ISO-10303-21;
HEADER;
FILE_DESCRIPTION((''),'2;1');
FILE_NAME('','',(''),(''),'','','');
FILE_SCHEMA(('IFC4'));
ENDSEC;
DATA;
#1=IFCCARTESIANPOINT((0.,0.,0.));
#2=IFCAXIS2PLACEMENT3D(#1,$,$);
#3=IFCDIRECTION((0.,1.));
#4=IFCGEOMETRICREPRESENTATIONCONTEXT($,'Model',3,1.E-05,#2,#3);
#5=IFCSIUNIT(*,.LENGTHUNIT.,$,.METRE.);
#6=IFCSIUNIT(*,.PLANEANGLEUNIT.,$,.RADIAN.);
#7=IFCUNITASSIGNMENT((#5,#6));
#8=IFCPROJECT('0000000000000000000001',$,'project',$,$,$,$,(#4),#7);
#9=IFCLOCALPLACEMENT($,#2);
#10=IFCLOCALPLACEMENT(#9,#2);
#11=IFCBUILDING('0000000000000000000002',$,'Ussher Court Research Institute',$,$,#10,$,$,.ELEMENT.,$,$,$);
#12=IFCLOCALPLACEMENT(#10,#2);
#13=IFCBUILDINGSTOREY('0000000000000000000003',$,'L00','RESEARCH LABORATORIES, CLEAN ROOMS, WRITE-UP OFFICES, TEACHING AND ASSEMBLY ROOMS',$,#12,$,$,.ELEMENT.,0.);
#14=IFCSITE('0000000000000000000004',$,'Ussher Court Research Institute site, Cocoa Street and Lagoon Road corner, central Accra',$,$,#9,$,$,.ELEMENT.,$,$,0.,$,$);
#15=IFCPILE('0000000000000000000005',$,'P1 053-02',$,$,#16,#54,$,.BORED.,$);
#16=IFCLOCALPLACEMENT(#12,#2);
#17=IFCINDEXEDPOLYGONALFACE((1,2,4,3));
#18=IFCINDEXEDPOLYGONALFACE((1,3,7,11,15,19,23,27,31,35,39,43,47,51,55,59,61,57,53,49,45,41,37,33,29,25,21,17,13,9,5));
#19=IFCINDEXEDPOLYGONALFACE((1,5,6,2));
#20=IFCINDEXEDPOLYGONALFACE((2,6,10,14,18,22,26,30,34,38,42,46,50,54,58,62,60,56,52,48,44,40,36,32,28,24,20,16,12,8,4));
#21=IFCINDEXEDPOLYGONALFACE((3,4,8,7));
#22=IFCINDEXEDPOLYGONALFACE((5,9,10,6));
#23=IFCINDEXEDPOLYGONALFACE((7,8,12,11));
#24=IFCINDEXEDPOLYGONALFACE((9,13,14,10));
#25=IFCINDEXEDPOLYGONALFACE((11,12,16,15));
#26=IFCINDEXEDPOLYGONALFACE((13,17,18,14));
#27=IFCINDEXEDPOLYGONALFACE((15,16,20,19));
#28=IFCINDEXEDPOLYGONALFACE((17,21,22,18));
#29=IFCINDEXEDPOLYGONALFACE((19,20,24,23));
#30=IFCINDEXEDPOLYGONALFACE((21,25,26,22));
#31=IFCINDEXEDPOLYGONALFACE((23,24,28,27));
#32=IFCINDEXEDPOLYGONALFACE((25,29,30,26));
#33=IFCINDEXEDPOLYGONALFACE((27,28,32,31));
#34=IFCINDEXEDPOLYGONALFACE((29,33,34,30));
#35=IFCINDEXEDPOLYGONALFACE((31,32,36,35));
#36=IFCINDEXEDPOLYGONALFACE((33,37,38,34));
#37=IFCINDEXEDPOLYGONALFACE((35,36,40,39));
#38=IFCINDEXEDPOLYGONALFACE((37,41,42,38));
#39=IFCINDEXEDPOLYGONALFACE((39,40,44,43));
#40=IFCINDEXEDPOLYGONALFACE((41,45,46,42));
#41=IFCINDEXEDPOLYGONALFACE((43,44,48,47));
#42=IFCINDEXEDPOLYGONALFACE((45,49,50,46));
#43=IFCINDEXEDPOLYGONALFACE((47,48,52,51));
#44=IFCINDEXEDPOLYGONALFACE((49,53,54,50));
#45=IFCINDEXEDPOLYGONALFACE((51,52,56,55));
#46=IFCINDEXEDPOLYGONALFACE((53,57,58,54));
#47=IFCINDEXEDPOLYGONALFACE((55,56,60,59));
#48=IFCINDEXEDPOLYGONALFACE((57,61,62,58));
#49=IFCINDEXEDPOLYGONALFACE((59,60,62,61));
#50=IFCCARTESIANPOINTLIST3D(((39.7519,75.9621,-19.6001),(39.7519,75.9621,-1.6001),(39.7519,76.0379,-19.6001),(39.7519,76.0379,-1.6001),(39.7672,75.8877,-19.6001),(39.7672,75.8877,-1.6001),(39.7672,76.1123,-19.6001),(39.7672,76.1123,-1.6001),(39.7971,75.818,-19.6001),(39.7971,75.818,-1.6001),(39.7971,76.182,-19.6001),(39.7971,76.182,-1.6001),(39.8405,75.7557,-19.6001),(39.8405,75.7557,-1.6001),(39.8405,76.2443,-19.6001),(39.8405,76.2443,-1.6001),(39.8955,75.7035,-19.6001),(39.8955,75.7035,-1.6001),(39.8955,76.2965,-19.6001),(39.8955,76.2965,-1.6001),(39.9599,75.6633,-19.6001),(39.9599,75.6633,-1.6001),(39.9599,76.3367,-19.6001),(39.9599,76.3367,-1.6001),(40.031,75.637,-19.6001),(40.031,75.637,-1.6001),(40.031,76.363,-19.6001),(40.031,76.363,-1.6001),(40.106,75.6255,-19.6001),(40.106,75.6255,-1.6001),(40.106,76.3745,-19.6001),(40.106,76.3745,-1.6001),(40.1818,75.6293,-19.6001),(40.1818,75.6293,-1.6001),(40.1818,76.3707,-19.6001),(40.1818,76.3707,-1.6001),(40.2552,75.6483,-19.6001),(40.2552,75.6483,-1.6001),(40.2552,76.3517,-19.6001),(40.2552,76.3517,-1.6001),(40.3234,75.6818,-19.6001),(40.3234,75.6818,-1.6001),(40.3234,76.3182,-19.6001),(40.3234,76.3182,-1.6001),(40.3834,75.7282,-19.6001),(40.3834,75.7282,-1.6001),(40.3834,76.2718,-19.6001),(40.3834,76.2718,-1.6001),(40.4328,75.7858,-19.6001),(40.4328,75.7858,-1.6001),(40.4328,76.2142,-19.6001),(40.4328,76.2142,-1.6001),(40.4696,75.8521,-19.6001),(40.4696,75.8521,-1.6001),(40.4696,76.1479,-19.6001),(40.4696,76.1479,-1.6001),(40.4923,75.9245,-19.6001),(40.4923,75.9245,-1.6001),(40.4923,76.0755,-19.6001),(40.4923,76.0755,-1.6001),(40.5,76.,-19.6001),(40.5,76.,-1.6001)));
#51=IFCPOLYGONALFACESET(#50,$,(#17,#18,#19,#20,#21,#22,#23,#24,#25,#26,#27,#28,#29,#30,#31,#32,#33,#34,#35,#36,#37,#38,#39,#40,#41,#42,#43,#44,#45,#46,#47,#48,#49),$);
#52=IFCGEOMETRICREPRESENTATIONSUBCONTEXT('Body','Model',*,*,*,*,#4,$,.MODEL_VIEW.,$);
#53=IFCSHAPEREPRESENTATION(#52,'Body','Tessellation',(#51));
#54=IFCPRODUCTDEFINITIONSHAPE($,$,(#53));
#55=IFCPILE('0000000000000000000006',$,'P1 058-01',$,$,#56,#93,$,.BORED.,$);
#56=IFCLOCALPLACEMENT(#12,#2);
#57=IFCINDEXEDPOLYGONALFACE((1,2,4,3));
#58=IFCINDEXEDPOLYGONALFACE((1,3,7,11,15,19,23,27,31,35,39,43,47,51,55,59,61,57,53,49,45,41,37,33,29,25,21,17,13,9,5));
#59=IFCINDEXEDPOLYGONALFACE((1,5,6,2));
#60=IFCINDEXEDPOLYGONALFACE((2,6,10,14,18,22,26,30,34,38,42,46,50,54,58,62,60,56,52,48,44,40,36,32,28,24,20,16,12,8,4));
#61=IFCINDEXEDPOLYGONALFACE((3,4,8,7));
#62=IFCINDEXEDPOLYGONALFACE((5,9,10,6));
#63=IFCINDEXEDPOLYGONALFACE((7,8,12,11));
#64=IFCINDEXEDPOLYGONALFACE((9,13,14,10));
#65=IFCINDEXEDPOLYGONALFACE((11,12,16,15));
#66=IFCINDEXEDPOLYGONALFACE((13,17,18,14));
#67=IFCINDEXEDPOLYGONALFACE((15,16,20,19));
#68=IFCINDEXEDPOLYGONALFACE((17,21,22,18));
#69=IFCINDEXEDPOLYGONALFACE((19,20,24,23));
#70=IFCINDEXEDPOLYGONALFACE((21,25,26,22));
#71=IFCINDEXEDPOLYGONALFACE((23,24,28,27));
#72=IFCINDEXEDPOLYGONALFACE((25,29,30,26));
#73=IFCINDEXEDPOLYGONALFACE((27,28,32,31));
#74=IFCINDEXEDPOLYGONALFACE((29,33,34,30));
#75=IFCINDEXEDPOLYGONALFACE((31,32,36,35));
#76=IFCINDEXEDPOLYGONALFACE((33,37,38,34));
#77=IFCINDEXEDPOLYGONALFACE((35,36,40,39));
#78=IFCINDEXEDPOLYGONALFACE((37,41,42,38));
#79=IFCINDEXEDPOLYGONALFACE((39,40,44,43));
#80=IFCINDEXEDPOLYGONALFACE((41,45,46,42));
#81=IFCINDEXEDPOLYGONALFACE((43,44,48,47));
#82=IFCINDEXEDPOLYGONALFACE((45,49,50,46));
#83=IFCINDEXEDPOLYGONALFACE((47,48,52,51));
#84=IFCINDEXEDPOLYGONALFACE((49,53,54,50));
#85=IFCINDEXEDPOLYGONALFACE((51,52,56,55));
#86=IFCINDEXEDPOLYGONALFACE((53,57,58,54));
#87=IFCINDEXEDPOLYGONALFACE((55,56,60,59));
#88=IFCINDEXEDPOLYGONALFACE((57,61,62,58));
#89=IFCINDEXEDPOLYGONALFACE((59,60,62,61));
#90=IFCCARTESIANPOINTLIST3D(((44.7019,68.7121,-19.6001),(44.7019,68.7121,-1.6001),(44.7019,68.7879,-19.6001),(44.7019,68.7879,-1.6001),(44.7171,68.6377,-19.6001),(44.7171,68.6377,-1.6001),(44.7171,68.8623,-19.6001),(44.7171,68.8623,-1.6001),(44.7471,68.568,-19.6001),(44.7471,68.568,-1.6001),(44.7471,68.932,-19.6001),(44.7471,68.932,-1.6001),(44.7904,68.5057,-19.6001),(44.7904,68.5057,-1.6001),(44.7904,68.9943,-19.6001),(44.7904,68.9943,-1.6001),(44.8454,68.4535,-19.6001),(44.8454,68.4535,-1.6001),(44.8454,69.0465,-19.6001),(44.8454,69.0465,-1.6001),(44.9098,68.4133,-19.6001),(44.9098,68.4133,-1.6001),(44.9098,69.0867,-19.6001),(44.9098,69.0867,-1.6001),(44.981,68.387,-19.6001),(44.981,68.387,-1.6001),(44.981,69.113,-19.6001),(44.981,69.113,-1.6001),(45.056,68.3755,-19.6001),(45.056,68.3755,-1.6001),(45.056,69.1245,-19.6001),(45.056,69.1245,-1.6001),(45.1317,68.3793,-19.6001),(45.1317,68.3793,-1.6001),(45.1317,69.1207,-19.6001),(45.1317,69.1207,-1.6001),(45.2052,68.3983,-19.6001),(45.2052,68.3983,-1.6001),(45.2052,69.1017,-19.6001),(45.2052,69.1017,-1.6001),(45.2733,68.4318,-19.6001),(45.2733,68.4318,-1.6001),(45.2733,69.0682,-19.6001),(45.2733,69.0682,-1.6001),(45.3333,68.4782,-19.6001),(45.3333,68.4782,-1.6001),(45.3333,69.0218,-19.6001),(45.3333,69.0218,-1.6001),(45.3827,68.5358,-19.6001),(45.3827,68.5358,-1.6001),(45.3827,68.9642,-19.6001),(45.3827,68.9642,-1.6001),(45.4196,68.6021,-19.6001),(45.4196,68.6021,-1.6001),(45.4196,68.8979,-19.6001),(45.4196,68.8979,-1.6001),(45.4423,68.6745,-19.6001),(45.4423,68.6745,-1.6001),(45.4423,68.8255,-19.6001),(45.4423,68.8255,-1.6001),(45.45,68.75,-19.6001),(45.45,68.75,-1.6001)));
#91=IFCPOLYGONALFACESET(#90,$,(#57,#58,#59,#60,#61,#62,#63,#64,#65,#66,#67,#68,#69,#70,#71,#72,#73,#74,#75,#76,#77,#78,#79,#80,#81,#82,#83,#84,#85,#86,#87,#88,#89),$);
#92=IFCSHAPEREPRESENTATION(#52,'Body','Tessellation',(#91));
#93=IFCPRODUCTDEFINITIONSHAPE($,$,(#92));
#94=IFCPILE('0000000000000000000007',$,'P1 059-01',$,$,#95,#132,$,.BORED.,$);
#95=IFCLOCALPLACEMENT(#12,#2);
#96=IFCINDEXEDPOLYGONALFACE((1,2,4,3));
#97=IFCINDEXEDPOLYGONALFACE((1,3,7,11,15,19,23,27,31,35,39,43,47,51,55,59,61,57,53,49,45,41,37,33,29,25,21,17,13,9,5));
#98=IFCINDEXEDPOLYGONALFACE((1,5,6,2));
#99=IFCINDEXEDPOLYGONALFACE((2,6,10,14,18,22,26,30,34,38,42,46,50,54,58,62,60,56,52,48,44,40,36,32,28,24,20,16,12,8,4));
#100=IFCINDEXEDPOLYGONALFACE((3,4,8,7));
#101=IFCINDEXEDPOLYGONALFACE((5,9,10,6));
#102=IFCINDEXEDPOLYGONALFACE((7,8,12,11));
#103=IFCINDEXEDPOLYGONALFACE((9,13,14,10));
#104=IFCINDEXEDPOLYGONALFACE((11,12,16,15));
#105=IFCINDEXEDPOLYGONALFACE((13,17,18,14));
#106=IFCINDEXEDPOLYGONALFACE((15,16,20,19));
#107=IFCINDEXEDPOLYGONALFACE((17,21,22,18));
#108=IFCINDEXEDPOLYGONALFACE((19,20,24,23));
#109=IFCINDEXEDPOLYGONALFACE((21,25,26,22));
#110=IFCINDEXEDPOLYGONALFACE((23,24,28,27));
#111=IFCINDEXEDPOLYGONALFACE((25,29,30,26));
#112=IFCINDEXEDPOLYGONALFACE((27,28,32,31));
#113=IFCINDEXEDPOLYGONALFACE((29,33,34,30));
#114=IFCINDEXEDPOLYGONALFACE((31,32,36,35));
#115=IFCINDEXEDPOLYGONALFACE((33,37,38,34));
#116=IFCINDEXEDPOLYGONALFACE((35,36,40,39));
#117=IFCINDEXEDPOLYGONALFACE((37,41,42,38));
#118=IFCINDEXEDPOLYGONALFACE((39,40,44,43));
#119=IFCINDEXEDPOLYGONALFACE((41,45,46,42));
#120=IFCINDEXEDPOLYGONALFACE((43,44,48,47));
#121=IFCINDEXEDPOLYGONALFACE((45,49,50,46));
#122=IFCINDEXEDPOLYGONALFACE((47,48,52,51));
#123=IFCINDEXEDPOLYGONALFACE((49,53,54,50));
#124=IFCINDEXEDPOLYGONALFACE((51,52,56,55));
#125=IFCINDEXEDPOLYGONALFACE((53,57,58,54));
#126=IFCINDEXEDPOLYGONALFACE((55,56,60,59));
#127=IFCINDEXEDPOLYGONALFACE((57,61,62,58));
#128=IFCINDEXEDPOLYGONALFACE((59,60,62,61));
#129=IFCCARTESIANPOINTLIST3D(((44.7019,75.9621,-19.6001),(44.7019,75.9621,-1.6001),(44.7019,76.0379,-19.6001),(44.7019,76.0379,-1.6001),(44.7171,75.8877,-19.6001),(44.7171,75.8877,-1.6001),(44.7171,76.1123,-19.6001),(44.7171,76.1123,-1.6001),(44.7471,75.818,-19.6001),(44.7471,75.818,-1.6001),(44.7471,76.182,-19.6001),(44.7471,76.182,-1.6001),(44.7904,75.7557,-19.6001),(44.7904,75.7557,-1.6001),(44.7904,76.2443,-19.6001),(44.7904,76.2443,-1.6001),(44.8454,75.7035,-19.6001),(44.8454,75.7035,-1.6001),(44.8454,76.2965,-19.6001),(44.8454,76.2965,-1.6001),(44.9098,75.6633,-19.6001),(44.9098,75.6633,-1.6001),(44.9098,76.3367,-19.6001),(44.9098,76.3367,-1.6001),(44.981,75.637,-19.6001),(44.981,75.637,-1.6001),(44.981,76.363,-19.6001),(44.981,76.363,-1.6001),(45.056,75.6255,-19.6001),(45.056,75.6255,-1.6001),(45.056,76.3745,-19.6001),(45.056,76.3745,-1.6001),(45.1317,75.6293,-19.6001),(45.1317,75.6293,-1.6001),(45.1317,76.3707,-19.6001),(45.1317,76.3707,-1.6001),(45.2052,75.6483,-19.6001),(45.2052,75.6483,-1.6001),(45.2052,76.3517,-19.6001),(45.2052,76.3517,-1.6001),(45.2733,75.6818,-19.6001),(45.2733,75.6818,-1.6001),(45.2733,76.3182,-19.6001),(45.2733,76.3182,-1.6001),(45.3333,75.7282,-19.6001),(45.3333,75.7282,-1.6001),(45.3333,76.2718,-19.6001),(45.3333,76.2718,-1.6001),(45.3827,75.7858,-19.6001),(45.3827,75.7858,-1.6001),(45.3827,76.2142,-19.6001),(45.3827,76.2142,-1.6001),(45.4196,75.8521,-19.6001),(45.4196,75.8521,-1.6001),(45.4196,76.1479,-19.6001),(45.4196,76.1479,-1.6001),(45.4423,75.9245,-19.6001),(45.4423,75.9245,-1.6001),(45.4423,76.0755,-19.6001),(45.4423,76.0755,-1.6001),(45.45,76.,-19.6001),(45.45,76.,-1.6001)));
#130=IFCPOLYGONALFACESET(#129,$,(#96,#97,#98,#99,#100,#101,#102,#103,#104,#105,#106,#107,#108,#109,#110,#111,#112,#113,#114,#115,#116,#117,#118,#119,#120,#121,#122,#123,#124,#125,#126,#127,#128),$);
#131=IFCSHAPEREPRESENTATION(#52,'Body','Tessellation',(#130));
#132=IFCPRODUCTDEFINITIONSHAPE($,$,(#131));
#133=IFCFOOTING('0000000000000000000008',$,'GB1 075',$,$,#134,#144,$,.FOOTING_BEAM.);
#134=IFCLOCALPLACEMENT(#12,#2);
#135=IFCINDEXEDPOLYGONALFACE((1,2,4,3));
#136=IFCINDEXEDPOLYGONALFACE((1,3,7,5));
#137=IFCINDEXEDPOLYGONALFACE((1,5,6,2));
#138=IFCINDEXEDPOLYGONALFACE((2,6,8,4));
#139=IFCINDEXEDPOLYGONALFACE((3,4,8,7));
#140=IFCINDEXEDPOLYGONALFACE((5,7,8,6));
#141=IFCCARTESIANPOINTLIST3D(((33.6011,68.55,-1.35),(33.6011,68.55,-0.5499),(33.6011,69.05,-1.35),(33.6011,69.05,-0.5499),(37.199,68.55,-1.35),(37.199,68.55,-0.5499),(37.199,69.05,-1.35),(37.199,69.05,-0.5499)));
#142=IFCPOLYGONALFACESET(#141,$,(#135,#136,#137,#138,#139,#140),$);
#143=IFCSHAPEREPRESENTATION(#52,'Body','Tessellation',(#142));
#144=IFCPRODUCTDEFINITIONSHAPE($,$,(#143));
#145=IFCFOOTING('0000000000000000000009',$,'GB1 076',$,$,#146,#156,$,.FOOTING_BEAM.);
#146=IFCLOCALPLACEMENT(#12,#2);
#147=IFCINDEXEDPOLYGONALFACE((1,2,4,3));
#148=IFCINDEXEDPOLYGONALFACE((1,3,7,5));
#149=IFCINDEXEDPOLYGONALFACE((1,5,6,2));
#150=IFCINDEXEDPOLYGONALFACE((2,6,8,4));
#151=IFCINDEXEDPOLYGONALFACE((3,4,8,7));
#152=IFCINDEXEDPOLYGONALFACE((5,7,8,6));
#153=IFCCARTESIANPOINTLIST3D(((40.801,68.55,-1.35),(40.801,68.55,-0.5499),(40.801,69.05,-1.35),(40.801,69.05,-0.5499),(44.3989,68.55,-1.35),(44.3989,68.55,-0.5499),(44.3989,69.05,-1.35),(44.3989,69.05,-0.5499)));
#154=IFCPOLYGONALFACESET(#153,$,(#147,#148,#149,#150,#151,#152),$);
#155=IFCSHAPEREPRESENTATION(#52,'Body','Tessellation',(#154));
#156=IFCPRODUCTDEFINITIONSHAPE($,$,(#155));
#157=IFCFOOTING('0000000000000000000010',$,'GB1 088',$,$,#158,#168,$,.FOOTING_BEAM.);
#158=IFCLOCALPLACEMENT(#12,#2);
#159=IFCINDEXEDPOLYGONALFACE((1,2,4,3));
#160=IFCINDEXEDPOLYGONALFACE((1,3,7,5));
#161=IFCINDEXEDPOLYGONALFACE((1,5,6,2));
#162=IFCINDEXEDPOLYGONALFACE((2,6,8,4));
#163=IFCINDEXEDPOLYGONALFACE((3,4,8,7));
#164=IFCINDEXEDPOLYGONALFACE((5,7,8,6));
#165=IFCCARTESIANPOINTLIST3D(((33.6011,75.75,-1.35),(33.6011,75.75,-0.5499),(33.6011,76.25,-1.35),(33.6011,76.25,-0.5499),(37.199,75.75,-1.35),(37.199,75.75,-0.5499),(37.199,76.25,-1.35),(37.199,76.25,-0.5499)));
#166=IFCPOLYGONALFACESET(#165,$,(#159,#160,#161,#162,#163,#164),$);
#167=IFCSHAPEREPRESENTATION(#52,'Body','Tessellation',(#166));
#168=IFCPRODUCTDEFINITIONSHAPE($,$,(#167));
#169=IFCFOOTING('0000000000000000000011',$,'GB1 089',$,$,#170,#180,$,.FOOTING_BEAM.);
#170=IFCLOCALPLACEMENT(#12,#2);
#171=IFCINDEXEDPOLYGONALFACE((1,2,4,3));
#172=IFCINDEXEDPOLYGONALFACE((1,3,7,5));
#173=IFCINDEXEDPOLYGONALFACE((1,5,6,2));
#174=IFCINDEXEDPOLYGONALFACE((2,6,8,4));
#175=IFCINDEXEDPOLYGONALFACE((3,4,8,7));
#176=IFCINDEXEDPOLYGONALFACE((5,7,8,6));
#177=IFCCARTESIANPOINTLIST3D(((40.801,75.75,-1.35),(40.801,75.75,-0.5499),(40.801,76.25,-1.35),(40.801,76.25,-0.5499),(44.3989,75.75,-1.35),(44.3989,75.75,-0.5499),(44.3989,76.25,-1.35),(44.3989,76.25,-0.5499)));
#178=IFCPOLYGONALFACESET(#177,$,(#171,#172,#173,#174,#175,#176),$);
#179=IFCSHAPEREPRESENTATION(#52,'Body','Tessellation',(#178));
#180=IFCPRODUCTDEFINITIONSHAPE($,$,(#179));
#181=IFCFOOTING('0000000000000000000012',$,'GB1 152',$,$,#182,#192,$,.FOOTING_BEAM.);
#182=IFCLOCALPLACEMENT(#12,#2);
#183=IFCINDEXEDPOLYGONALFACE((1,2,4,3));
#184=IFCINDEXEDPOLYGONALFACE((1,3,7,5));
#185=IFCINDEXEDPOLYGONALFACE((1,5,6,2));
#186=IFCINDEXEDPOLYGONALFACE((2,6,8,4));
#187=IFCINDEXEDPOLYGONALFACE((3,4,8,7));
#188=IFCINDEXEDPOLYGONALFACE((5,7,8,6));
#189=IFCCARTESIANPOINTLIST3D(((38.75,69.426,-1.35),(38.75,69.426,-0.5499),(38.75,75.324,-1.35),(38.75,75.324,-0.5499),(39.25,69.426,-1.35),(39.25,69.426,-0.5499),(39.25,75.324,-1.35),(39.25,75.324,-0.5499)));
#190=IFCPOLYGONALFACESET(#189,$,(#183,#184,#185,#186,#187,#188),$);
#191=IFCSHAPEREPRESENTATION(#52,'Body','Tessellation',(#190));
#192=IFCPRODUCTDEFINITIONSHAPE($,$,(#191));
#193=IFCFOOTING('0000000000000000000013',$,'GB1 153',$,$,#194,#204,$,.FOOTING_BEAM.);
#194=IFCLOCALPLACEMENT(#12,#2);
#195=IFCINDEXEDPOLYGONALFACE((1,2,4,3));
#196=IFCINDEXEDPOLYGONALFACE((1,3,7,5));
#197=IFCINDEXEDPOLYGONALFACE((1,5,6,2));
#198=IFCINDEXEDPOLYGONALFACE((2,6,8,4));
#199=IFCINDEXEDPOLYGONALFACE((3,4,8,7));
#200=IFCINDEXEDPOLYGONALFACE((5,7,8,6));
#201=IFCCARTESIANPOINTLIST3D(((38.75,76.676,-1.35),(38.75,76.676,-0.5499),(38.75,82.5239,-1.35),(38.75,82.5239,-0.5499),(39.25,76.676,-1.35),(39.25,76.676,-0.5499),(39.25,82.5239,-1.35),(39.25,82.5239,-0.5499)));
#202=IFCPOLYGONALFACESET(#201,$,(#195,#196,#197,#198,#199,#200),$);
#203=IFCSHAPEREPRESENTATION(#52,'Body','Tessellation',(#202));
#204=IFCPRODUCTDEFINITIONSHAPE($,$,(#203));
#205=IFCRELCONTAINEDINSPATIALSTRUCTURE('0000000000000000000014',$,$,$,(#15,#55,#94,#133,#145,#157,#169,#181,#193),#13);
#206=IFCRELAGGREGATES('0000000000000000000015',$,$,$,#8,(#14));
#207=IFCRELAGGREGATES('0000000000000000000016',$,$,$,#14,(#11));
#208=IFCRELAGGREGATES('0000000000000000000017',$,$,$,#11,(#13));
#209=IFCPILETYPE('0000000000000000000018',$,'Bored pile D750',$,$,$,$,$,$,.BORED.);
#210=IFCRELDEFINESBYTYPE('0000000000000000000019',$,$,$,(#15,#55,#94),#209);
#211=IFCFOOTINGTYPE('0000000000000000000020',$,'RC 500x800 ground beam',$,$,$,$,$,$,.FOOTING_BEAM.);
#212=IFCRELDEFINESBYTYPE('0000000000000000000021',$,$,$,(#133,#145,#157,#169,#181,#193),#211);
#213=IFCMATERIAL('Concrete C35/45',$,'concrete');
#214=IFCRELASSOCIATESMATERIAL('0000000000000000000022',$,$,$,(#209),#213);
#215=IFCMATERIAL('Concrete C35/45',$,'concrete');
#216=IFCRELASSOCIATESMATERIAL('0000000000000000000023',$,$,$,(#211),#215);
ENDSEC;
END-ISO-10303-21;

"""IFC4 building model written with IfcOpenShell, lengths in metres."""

from ifc_helpers import new_model, si_unit, direction, frame, origin, origin_2d, place, context, subcontext, project, spatial, rectangle, circle, extrude, material, material_profile, profile_set, type_object, element, save


model = new_model("IFC4")

# Units and contexts
model_context = context("Model", 3, precision=1e-05, world=origin(), true_north=direction((0.0, 1.0)))
body_context = subcontext(model_context, "Body", "Model", "MODEL_VIEW")
ifc_project = project(units=[si_unit("LENGTHUNIT", "METRE"), si_unit("PLANEANGLEUNIT", "RADIAN")], contexts=[model_context])

# Site, building, storey
site_placement = place(None, origin())
site = spatial("IfcSite", under=ifc_project, at=site_placement, Name="Ussher Court Research Institute site, Cocoa Street and Lagoon Road corner, central Accra", CompositionType="ELEMENT", RefElevation=0.0)
building_placement = place(site_placement, origin())
building = spatial("IfcBuilding", under=site, at=building_placement, Name="Ussher Court Research Institute", CompositionType="ELEMENT")
storey_placement = place(building_placement, origin())
storey = spatial("IfcBuildingStorey", under=building, at=storey_placement, Name="L00", Description="RESEARCH LABORATORIES, CLEAN ROOMS, WRITE-UP OFFICES, TEACHING AND ASSEMBLY ROOMS", CompositionType="ELEMENT", Elevation=0.0)

# Piles
ifc_material_1 = material(Name="Concrete C35/45", Category="concrete")
ifc_material_profile_1 = material_profile(ifc_material_1, circle(Radius=0.375, at=origin_2d()), Name="RC D750")
ifc_profile_set_1 = profile_set([ifc_material_profile_1], Name="Concrete C35/45")
pile_type = type_object("IfcPileType", Name="Bored pile D750", PredefinedType="BORED", material=ifc_profile_set_1)
for number, where, z_axis, x_axis, name in (
    (1, (40.125, 76.0, -1.6001), (0.0, 0.0, -1.0), (1.0, 0.0, 0.0), "P1 053-02"),
    (2, (45.075, 68.75, -1.6001), (0.0, 0.0, -1.0), (1.0, 0.0, 0.0), "P1 058-01"),
    (3, (45.075, 76.0, -1.6001), (0.0, 0.0, -1.0), (1.0, 0.0, 0.0), "P1 059-01"),
):
    element("IfcPile", number, at=place(storey_placement, frame(where, z_axis=z_axis, x_axis=x_axis)), inside=storey, type_object=pile_type, Name=name, PredefinedType="BORED", context=body_context, shape_type="SweptSolid", body=[
        extrude(circle(Radius=0.375, at=origin_2d()), origin(), (0.0, 0.0, 1.0), 18.0),
    ])

# Footings
ifc_material_2 = material(Name="Concrete C35/45", Category="concrete")
ifc_material_profile_2 = material_profile(ifc_material_2, rectangle(XDim=0.5, YDim=0.8, at=origin_2d()), Name="RC 500x800")
ifc_profile_set_2 = profile_set([ifc_material_profile_2], Name="Concrete C35/45")
footing_type = type_object("IfcFootingType", Name="RC 500x800 ground beam", PredefinedType="FOOTING_BEAM", material=ifc_profile_set_2)
for number, where, z_axis, x_axis, name in (
    (4, (33.6011, 68.8, -0.95), (1.0, 0.0, 0.0), (0.0, 1.0, 0.0), "GB1 075"),
    (5, (40.801, 68.8, -0.95), (1.0, 0.0, 0.0), (0.0, 1.0, 0.0), "GB1 076"),
    (6, (33.6011, 76.0, -0.95), (1.0, 0.0, 0.0), (0.0, 1.0, 0.0), "GB1 088"),
    (7, (40.801, 76.0, -0.95), (1.0, 0.0, 0.0), (0.0, 1.0, 0.0), "GB1 089"),
):
    element("IfcFooting", number, at=place(storey_placement, frame(where, z_axis=z_axis, x_axis=x_axis)), inside=storey, type_object=footing_type, Name=name, PredefinedType="FOOTING_BEAM", context=body_context, shape_type="SweptSolid", body=[
        extrude(rectangle(XDim=0.5, YDim=0.8, at=origin_2d()), origin(), (0.0, 0.0, 1.0), 3.5979),
    ])
footing_1_placement = place(storey_placement, frame((39.0, 69.426, -0.95), z_axis=(0.0, 1.0, 0.0), x_axis=(-1.0, 0.0, 0.0)))
element("IfcFooting", 8, at=footing_1_placement, inside=storey, type_object=footing_type, Name="GB1 152", PredefinedType="FOOTING_BEAM", context=body_context, shape_type="SweptSolid", body=[
    extrude(rectangle(XDim=0.5, YDim=0.8, at=origin_2d()), origin(), (0.0, 0.0, 1.0), 5.8979),
])
footing_2_placement = place(storey_placement, frame((39.0, 76.676, -0.95), z_axis=(0.0, 1.0, 0.0), x_axis=(-1.0, 0.0, 0.0)))
element("IfcFooting", 9, at=footing_2_placement, inside=storey, type_object=footing_type, Name="GB1 153", PredefinedType="FOOTING_BEAM", context=body_context, shape_type="SweptSolid", body=[
    extrude(rectangle(XDim=0.5, YDim=0.8, at=origin_2d()), origin(), (0.0, 0.0, 1.0), 5.8479),
])

save(model, "model.ifc")
